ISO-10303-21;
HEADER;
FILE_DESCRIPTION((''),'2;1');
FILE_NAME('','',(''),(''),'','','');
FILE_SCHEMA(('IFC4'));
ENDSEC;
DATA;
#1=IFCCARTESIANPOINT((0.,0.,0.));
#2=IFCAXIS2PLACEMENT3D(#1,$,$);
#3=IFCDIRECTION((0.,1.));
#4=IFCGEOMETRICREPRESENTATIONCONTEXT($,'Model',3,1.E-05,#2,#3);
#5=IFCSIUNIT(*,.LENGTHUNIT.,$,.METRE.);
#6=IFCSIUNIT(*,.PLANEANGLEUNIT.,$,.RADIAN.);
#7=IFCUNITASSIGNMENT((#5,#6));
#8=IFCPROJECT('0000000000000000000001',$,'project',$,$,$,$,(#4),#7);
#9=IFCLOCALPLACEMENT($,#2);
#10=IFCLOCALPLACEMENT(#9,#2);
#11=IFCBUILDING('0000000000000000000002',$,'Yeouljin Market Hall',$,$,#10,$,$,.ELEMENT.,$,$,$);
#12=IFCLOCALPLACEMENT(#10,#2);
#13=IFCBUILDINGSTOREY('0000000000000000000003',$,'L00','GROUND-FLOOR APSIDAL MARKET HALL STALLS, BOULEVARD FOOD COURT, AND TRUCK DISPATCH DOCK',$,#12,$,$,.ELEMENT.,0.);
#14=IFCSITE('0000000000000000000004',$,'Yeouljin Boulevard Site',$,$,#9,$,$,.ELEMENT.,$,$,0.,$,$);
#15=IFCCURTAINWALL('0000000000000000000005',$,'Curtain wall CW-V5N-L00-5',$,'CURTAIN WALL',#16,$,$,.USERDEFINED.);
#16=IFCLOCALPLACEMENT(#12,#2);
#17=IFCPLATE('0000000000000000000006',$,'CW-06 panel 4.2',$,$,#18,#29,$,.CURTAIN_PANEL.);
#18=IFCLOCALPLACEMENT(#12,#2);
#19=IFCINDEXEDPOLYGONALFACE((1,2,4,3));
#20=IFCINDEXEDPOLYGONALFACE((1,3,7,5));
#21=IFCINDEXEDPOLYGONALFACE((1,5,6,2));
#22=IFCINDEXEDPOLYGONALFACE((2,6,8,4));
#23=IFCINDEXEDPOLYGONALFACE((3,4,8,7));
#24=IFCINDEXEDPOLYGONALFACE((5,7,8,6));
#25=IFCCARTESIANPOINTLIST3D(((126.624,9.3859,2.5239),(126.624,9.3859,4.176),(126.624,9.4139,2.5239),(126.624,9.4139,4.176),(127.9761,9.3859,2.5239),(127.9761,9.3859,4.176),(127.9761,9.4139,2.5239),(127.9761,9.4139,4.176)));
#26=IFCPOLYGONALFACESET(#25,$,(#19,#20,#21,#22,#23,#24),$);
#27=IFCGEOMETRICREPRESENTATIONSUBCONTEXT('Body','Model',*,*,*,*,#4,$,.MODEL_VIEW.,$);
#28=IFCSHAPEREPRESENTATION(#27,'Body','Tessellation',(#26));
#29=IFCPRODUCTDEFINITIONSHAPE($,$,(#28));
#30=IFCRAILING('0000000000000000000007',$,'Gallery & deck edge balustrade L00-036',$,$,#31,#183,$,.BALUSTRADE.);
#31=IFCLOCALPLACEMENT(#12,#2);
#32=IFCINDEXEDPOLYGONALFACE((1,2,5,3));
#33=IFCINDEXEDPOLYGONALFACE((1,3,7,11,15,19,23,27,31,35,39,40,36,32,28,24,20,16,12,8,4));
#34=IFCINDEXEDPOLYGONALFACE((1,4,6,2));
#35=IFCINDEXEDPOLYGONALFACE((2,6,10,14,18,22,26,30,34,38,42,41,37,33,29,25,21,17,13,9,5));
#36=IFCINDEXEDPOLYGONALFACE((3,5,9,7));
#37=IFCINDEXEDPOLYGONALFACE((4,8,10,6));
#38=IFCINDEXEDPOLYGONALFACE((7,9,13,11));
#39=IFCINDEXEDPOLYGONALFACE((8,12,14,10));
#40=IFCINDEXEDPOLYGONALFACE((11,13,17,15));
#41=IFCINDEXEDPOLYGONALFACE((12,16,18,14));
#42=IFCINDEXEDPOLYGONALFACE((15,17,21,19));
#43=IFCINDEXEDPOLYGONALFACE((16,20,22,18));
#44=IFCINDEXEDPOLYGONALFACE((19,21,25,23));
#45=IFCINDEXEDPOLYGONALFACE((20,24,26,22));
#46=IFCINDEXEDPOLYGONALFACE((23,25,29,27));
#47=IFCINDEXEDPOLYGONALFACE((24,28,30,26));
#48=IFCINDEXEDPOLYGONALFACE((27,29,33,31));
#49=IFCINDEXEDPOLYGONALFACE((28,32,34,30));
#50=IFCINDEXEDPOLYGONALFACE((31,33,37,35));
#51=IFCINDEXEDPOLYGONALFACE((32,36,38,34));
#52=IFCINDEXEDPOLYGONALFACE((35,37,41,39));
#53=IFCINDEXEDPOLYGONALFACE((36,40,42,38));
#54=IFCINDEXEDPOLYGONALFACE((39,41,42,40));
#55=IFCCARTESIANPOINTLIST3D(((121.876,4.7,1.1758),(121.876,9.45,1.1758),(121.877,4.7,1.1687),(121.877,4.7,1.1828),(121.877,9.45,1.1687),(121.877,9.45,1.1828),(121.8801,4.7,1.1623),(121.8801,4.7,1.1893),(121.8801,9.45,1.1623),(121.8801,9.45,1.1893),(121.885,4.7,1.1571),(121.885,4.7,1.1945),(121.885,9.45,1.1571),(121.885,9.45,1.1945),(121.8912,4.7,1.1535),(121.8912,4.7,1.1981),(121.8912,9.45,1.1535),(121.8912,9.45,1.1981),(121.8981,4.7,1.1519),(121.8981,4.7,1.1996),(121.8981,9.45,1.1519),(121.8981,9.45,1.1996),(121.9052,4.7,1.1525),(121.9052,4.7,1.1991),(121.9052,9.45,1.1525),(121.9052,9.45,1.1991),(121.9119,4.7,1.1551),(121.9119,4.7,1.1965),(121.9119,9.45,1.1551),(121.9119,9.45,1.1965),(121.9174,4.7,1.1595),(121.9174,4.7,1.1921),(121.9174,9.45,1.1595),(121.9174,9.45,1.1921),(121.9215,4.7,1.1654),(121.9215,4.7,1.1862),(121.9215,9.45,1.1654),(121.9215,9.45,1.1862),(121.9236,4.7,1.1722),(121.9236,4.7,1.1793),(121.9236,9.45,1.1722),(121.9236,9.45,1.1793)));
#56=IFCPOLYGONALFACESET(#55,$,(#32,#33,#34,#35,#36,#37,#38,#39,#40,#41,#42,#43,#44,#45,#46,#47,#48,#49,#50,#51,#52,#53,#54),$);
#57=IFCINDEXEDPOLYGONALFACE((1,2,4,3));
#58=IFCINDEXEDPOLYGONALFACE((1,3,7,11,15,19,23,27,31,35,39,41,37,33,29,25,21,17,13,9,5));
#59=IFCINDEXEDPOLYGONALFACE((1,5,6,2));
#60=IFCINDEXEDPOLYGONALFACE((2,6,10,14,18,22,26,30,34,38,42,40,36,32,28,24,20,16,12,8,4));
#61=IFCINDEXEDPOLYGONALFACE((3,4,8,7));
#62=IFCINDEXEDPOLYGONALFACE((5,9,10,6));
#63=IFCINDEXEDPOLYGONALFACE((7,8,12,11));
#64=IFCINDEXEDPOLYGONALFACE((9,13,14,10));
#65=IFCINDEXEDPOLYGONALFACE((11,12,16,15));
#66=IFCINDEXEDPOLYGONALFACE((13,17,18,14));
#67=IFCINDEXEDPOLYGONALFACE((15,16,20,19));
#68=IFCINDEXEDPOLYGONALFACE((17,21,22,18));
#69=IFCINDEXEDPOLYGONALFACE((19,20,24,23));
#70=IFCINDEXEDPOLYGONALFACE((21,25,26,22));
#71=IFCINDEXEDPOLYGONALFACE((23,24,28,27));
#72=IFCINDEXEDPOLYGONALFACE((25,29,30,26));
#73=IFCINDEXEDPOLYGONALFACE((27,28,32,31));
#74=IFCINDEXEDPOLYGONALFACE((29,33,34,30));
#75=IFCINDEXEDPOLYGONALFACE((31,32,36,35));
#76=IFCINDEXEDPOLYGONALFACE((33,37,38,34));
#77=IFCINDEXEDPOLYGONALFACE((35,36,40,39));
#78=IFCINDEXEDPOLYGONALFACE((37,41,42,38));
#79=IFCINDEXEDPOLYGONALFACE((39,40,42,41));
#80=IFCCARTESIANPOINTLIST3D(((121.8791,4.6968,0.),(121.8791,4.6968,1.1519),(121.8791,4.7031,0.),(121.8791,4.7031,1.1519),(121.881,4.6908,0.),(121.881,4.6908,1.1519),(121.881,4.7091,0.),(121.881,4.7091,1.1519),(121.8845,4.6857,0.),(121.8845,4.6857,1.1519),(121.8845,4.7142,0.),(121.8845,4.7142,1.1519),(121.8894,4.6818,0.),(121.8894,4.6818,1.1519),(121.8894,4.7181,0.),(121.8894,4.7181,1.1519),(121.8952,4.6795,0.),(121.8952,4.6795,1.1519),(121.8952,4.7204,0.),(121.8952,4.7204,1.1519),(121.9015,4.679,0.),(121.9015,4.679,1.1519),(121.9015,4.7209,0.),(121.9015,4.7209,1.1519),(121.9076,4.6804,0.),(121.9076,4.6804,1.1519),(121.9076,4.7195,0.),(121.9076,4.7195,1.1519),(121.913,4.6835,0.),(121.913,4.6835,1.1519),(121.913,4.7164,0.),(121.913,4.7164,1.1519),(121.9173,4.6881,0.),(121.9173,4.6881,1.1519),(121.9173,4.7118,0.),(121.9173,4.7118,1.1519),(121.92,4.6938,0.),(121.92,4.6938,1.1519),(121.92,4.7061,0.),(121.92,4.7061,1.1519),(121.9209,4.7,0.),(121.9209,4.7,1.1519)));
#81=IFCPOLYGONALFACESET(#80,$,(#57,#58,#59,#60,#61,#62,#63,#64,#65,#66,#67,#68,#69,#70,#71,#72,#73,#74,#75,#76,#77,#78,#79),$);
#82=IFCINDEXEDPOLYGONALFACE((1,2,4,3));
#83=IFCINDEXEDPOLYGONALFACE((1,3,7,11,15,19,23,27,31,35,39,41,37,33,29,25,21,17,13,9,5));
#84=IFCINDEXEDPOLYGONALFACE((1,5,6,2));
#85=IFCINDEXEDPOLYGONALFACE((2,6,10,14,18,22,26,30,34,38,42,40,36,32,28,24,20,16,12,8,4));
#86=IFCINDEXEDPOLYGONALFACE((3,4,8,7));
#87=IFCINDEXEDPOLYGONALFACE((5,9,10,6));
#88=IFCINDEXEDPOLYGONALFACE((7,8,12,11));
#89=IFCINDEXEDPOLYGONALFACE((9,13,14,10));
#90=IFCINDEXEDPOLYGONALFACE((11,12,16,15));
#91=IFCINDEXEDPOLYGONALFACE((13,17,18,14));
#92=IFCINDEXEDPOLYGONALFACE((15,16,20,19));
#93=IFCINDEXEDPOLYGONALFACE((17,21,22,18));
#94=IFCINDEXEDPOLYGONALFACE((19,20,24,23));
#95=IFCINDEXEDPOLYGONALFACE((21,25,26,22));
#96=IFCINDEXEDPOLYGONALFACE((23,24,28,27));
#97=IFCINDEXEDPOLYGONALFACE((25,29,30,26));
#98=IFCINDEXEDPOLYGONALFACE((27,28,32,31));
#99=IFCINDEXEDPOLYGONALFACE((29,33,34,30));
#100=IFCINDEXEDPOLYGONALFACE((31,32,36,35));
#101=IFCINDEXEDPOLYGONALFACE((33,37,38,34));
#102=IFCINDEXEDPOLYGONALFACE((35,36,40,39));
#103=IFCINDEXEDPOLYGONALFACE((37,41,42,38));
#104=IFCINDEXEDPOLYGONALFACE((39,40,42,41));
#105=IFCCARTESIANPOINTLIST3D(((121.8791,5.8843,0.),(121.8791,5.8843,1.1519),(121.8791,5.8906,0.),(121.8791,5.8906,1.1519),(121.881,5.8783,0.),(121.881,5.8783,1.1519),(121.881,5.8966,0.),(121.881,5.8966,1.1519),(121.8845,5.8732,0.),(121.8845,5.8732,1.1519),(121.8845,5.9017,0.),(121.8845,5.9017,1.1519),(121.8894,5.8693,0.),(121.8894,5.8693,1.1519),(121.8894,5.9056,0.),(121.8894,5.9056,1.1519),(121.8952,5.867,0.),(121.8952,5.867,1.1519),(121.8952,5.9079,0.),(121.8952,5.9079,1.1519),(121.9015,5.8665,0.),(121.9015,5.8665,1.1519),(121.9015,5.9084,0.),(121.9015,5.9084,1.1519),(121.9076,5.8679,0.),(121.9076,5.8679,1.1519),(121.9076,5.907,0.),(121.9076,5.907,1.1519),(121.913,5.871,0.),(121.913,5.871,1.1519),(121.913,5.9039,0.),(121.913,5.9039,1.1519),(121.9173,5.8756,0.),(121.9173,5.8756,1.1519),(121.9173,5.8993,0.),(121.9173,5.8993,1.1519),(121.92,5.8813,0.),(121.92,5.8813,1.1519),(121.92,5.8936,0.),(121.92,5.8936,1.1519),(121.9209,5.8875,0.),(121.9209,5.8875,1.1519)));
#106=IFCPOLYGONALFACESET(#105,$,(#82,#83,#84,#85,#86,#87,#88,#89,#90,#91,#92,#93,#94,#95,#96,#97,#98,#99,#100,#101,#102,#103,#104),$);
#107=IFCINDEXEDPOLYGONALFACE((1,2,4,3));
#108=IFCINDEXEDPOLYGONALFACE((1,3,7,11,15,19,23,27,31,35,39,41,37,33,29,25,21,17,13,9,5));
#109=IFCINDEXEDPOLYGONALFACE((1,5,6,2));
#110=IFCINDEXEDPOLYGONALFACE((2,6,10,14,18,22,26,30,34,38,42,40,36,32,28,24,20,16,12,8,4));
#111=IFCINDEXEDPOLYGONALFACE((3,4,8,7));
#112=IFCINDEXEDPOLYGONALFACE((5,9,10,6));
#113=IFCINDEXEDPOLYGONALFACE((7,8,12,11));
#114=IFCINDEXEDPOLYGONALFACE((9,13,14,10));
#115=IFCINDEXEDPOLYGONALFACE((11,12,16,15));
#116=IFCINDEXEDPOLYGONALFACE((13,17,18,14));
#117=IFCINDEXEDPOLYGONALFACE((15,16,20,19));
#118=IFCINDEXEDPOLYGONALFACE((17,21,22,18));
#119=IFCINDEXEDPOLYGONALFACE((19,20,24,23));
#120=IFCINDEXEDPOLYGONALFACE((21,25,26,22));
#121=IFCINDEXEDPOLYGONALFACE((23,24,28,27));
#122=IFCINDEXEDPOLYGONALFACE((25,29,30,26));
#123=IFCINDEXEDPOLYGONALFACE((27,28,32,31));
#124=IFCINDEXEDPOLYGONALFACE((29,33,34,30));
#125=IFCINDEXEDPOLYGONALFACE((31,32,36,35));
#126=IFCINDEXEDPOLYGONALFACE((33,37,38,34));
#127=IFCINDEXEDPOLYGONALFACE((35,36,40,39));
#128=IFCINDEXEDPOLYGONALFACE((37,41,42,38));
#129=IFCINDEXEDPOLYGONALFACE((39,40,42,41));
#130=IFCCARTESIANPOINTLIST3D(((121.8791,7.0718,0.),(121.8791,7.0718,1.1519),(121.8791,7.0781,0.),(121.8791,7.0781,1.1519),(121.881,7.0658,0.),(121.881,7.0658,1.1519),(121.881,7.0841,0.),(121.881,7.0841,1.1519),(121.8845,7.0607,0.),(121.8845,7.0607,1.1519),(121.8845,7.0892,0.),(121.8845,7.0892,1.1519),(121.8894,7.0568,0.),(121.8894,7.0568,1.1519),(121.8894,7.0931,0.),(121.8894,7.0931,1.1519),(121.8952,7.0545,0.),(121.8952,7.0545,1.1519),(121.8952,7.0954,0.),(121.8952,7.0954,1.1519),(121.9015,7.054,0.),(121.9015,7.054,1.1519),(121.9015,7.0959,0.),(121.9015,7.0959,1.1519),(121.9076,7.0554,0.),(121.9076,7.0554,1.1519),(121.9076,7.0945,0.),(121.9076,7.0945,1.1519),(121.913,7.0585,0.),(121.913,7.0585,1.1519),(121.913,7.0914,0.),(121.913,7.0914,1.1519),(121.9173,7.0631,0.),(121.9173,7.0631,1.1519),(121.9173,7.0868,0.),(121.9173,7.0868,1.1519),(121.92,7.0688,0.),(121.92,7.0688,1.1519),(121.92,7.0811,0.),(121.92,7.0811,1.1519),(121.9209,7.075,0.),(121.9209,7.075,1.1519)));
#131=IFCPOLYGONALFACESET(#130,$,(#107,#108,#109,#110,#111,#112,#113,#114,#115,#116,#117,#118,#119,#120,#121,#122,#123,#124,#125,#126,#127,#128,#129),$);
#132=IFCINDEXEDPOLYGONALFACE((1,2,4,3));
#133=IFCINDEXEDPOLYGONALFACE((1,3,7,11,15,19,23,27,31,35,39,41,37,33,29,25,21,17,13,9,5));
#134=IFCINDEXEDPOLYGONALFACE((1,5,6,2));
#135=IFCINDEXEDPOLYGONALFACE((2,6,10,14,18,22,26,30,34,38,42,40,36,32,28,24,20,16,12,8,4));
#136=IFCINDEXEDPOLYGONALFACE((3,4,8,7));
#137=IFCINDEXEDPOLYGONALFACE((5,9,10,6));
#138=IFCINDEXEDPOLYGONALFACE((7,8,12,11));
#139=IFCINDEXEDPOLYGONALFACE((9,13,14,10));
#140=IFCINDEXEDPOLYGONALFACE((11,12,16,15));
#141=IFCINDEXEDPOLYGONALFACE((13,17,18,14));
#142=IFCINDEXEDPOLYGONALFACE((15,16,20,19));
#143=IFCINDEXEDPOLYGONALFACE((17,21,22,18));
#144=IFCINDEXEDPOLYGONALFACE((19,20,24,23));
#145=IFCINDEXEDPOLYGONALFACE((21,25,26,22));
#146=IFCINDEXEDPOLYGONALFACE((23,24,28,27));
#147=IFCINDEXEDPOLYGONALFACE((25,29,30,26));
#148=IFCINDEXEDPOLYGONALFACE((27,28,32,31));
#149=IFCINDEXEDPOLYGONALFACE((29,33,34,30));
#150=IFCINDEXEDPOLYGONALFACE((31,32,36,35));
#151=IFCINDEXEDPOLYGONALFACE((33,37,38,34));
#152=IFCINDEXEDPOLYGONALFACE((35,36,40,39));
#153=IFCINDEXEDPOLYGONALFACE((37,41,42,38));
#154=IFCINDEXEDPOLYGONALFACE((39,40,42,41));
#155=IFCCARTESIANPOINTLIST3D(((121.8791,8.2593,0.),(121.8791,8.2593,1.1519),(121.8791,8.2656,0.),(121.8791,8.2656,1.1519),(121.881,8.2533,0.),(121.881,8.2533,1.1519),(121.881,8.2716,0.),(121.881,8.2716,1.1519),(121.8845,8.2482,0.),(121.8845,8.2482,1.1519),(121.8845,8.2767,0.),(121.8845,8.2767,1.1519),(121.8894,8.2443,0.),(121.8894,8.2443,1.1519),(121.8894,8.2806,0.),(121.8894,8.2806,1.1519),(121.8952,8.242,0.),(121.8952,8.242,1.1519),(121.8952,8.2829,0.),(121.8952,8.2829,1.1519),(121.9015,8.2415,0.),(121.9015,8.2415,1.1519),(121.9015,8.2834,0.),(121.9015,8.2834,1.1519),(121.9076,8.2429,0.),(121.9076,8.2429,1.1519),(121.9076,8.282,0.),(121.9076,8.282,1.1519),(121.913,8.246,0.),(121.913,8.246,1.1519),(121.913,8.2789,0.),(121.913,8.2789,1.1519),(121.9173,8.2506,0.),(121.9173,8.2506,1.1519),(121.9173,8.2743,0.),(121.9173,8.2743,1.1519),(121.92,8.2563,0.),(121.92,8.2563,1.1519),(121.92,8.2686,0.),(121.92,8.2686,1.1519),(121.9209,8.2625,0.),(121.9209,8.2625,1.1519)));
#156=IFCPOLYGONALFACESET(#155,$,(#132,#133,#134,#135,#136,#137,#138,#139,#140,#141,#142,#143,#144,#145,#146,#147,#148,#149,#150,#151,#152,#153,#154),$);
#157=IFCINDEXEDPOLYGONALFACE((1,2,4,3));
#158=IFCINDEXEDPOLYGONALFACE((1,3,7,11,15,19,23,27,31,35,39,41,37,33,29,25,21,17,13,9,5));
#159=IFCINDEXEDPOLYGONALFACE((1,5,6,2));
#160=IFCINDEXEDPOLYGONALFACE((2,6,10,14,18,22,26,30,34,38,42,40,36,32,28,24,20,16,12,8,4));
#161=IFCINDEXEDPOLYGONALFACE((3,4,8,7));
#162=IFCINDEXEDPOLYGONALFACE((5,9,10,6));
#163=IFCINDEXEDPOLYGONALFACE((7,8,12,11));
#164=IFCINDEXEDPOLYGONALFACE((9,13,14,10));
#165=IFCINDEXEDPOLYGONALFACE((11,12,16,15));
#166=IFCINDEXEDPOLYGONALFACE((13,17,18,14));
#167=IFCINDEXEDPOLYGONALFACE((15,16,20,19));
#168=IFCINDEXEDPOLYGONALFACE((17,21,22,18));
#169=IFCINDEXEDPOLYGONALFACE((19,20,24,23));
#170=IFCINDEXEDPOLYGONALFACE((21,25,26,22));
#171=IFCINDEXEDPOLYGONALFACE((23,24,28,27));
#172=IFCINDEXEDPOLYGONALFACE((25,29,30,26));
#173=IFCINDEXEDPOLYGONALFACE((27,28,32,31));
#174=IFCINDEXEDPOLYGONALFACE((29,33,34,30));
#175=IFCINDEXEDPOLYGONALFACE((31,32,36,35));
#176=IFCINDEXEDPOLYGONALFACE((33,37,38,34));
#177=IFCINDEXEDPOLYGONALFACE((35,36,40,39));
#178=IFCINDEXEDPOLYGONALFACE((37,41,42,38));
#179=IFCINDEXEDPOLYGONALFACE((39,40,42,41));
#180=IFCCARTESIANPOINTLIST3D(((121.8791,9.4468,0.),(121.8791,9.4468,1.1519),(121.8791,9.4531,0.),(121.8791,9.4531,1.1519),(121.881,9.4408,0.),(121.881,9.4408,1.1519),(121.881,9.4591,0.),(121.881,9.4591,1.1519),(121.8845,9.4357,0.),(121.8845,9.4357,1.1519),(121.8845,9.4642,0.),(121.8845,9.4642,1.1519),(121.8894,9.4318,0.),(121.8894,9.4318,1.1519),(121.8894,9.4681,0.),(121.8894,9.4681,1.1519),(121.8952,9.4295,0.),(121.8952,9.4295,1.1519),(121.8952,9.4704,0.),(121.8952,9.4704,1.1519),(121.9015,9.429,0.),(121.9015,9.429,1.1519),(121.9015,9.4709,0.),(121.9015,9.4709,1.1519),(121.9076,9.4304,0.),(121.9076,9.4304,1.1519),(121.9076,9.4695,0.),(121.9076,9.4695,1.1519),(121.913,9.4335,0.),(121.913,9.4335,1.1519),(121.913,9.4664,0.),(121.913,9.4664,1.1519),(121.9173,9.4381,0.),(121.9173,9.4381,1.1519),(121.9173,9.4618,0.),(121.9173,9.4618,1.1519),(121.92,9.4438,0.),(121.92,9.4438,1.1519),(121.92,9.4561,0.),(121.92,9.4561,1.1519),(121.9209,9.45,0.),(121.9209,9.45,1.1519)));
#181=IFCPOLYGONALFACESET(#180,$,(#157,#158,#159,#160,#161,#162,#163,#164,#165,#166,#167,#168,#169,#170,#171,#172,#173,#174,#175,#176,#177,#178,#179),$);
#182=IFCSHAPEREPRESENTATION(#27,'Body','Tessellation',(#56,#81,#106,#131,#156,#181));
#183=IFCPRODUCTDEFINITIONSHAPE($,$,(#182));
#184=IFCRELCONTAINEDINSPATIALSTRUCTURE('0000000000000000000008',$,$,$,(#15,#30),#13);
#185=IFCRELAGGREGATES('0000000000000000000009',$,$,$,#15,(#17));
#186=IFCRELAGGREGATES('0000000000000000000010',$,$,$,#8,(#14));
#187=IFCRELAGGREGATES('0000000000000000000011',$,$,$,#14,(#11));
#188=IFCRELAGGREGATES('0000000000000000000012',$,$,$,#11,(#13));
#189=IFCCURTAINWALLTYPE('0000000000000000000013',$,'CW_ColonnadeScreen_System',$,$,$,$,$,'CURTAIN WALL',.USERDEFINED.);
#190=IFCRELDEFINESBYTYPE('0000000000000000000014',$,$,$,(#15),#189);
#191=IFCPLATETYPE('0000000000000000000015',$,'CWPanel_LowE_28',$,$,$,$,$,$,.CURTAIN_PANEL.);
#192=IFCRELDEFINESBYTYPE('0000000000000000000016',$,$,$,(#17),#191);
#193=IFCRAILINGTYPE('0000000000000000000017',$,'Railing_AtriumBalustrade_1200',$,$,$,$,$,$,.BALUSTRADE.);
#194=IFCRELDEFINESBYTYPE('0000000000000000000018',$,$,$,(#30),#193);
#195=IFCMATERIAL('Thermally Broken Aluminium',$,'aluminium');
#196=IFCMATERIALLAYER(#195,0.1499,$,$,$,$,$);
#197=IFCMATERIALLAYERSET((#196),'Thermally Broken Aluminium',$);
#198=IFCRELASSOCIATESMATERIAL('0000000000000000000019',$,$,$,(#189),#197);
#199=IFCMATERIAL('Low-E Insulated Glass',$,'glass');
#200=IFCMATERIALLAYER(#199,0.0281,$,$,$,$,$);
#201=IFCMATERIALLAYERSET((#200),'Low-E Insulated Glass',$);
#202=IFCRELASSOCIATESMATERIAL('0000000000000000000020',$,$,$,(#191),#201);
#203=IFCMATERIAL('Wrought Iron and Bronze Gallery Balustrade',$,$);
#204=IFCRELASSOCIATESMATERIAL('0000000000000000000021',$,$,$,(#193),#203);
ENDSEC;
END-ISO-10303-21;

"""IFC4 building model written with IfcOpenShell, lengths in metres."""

from ifc_helpers import new_model, si_unit, direction, frame, origin, origin_2d, place, context, subcontext, project, spatial, rectangle, circle, extrude, material, layer, layer_set, type_object, element, aggregate, save


model = new_model("IFC4")

# Units and contexts
model_context = context("Model", 3, precision=1e-05, world=origin(), true_north=direction((0.0, 1.0)))
body_context = subcontext(model_context, "Body", "Model", "MODEL_VIEW")
ifc_project = project(units=[si_unit("LENGTHUNIT", "METRE"), si_unit("PLANEANGLEUNIT", "RADIAN")], contexts=[model_context])

# Site, building, storey
site_placement = place(None, origin())
site = spatial("IfcSite", under=ifc_project, at=site_placement, Name="Yeouljin Boulevard Site", CompositionType="ELEMENT", RefElevation=0.0)
building_placement = place(site_placement, origin())
building = spatial("IfcBuilding", under=site, at=building_placement, Name="Yeouljin Market Hall", CompositionType="ELEMENT")
storey_placement = place(building_placement, origin())
storey = spatial("IfcBuildingStorey", under=building, at=storey_placement, Name="L00", Description="GROUND-FLOOR APSIDAL MARKET HALL STALLS, BOULEVARD FOOD COURT, AND TRUCK DISPATCH DOCK", CompositionType="ELEMENT", Elevation=0.0)

# Curtain wall, plate
ifc_material_1 = material(Name="Thermally Broken Aluminium", Category="aluminium")
ifc_layer_1 = layer(ifc_material_1, 0.1499)
ifc_layer_set_1 = layer_set([ifc_layer_1], Name="Thermally Broken Aluminium")
curtain_wall_type = type_object("IfcCurtainWallType", Name="CW_ColonnadeScreen_System", ElementType="CURTAIN WALL", PredefinedType="USERDEFINED", material=ifc_layer_set_1)
curtain_wall_placement = place(storey_placement, origin())
curtain_wall = element("IfcCurtainWall", 1, at=curtain_wall_placement, inside=storey, type_object=curtain_wall_type, Name="Curtain wall CW-V5N-L00-5", ObjectType="CURTAIN WALL", PredefinedType="USERDEFINED")
ifc_material_2 = material(Name="Low-E Insulated Glass", Category="glass")
ifc_layer_2 = layer(ifc_material_2, 0.0281)
ifc_layer_set_2 = layer_set([ifc_layer_2], Name="Low-E Insulated Glass")
plate_type = type_object("IfcPlateType", Name="CWPanel_LowE_28", PredefinedType="CURTAIN_PANEL", material=ifc_layer_set_2)
plate_1_placement = place(storey_placement, frame((127.3, 9.3999, 2.5239), z_axis=(0.0, 0.0, 1.0), x_axis=(1.0, 0.0, 0.0)))
plate_1 = element("IfcPlate", 2, at=plate_1_placement, type_object=plate_type, Name="CW-06 panel 4.2", PredefinedType="CURTAIN_PANEL", context=body_context, shape_type="SweptSolid", body=[
    extrude(rectangle(XDim=1.3521, YDim=0.0281, at=origin_2d()), origin(), (0.0, 0.0, 1.0), 1.6521),
])
aggregate(curtain_wall, [plate_1])

# Railing
ifc_material_3 = material(Name="Wrought Iron and Bronze Gallery Balustrade")
railing_type = type_object("IfcRailingType", Name="Railing_AtriumBalustrade_1200", PredefinedType="BALUSTRADE", material=ifc_material_3)
railing_placement = place(storey_placement, frame((121.8999, 4.7, 0.0)))
element("IfcRailing", 3, at=railing_placement, inside=storey, type_object=railing_type, Name="Gallery & deck edge balustrade L00-036", PredefinedType="BALUSTRADE", context=body_context, shape_type="SweptSolid", body=[
    extrude(circle(Radius=0.0239, at=origin_2d()), frame((0.0, 0.0, 1.1758), z_axis=(0.0, 1.0, 0.0), x_axis=(-1.0, 0.0, 0.0)), (0.0, 0.0, 1.0), 4.75),
    extrude(circle(Radius=0.021, at=origin_2d()), origin(), (0.0, 0.0, 1.0), 1.1519),
    extrude(circle(Radius=0.021, at=origin_2d()), frame((0.0, 1.1875, 0.0)), (0.0, 0.0, 1.0), 1.1519),
    extrude(circle(Radius=0.021, at=origin_2d()), frame((0.0, 2.375, 0.0)), (0.0, 0.0, 1.0), 1.1519),
    extrude(circle(Radius=0.021, at=origin_2d()), frame((0.0, 3.5625, 0.0)), (0.0, 0.0, 1.0), 1.1519),
    extrude(circle(Radius=0.021, at=origin_2d()), frame((0.0, 4.75, 0.0)), (0.0, 0.0, 1.0), 1.1519),
])

save(model, "model.ifc")
